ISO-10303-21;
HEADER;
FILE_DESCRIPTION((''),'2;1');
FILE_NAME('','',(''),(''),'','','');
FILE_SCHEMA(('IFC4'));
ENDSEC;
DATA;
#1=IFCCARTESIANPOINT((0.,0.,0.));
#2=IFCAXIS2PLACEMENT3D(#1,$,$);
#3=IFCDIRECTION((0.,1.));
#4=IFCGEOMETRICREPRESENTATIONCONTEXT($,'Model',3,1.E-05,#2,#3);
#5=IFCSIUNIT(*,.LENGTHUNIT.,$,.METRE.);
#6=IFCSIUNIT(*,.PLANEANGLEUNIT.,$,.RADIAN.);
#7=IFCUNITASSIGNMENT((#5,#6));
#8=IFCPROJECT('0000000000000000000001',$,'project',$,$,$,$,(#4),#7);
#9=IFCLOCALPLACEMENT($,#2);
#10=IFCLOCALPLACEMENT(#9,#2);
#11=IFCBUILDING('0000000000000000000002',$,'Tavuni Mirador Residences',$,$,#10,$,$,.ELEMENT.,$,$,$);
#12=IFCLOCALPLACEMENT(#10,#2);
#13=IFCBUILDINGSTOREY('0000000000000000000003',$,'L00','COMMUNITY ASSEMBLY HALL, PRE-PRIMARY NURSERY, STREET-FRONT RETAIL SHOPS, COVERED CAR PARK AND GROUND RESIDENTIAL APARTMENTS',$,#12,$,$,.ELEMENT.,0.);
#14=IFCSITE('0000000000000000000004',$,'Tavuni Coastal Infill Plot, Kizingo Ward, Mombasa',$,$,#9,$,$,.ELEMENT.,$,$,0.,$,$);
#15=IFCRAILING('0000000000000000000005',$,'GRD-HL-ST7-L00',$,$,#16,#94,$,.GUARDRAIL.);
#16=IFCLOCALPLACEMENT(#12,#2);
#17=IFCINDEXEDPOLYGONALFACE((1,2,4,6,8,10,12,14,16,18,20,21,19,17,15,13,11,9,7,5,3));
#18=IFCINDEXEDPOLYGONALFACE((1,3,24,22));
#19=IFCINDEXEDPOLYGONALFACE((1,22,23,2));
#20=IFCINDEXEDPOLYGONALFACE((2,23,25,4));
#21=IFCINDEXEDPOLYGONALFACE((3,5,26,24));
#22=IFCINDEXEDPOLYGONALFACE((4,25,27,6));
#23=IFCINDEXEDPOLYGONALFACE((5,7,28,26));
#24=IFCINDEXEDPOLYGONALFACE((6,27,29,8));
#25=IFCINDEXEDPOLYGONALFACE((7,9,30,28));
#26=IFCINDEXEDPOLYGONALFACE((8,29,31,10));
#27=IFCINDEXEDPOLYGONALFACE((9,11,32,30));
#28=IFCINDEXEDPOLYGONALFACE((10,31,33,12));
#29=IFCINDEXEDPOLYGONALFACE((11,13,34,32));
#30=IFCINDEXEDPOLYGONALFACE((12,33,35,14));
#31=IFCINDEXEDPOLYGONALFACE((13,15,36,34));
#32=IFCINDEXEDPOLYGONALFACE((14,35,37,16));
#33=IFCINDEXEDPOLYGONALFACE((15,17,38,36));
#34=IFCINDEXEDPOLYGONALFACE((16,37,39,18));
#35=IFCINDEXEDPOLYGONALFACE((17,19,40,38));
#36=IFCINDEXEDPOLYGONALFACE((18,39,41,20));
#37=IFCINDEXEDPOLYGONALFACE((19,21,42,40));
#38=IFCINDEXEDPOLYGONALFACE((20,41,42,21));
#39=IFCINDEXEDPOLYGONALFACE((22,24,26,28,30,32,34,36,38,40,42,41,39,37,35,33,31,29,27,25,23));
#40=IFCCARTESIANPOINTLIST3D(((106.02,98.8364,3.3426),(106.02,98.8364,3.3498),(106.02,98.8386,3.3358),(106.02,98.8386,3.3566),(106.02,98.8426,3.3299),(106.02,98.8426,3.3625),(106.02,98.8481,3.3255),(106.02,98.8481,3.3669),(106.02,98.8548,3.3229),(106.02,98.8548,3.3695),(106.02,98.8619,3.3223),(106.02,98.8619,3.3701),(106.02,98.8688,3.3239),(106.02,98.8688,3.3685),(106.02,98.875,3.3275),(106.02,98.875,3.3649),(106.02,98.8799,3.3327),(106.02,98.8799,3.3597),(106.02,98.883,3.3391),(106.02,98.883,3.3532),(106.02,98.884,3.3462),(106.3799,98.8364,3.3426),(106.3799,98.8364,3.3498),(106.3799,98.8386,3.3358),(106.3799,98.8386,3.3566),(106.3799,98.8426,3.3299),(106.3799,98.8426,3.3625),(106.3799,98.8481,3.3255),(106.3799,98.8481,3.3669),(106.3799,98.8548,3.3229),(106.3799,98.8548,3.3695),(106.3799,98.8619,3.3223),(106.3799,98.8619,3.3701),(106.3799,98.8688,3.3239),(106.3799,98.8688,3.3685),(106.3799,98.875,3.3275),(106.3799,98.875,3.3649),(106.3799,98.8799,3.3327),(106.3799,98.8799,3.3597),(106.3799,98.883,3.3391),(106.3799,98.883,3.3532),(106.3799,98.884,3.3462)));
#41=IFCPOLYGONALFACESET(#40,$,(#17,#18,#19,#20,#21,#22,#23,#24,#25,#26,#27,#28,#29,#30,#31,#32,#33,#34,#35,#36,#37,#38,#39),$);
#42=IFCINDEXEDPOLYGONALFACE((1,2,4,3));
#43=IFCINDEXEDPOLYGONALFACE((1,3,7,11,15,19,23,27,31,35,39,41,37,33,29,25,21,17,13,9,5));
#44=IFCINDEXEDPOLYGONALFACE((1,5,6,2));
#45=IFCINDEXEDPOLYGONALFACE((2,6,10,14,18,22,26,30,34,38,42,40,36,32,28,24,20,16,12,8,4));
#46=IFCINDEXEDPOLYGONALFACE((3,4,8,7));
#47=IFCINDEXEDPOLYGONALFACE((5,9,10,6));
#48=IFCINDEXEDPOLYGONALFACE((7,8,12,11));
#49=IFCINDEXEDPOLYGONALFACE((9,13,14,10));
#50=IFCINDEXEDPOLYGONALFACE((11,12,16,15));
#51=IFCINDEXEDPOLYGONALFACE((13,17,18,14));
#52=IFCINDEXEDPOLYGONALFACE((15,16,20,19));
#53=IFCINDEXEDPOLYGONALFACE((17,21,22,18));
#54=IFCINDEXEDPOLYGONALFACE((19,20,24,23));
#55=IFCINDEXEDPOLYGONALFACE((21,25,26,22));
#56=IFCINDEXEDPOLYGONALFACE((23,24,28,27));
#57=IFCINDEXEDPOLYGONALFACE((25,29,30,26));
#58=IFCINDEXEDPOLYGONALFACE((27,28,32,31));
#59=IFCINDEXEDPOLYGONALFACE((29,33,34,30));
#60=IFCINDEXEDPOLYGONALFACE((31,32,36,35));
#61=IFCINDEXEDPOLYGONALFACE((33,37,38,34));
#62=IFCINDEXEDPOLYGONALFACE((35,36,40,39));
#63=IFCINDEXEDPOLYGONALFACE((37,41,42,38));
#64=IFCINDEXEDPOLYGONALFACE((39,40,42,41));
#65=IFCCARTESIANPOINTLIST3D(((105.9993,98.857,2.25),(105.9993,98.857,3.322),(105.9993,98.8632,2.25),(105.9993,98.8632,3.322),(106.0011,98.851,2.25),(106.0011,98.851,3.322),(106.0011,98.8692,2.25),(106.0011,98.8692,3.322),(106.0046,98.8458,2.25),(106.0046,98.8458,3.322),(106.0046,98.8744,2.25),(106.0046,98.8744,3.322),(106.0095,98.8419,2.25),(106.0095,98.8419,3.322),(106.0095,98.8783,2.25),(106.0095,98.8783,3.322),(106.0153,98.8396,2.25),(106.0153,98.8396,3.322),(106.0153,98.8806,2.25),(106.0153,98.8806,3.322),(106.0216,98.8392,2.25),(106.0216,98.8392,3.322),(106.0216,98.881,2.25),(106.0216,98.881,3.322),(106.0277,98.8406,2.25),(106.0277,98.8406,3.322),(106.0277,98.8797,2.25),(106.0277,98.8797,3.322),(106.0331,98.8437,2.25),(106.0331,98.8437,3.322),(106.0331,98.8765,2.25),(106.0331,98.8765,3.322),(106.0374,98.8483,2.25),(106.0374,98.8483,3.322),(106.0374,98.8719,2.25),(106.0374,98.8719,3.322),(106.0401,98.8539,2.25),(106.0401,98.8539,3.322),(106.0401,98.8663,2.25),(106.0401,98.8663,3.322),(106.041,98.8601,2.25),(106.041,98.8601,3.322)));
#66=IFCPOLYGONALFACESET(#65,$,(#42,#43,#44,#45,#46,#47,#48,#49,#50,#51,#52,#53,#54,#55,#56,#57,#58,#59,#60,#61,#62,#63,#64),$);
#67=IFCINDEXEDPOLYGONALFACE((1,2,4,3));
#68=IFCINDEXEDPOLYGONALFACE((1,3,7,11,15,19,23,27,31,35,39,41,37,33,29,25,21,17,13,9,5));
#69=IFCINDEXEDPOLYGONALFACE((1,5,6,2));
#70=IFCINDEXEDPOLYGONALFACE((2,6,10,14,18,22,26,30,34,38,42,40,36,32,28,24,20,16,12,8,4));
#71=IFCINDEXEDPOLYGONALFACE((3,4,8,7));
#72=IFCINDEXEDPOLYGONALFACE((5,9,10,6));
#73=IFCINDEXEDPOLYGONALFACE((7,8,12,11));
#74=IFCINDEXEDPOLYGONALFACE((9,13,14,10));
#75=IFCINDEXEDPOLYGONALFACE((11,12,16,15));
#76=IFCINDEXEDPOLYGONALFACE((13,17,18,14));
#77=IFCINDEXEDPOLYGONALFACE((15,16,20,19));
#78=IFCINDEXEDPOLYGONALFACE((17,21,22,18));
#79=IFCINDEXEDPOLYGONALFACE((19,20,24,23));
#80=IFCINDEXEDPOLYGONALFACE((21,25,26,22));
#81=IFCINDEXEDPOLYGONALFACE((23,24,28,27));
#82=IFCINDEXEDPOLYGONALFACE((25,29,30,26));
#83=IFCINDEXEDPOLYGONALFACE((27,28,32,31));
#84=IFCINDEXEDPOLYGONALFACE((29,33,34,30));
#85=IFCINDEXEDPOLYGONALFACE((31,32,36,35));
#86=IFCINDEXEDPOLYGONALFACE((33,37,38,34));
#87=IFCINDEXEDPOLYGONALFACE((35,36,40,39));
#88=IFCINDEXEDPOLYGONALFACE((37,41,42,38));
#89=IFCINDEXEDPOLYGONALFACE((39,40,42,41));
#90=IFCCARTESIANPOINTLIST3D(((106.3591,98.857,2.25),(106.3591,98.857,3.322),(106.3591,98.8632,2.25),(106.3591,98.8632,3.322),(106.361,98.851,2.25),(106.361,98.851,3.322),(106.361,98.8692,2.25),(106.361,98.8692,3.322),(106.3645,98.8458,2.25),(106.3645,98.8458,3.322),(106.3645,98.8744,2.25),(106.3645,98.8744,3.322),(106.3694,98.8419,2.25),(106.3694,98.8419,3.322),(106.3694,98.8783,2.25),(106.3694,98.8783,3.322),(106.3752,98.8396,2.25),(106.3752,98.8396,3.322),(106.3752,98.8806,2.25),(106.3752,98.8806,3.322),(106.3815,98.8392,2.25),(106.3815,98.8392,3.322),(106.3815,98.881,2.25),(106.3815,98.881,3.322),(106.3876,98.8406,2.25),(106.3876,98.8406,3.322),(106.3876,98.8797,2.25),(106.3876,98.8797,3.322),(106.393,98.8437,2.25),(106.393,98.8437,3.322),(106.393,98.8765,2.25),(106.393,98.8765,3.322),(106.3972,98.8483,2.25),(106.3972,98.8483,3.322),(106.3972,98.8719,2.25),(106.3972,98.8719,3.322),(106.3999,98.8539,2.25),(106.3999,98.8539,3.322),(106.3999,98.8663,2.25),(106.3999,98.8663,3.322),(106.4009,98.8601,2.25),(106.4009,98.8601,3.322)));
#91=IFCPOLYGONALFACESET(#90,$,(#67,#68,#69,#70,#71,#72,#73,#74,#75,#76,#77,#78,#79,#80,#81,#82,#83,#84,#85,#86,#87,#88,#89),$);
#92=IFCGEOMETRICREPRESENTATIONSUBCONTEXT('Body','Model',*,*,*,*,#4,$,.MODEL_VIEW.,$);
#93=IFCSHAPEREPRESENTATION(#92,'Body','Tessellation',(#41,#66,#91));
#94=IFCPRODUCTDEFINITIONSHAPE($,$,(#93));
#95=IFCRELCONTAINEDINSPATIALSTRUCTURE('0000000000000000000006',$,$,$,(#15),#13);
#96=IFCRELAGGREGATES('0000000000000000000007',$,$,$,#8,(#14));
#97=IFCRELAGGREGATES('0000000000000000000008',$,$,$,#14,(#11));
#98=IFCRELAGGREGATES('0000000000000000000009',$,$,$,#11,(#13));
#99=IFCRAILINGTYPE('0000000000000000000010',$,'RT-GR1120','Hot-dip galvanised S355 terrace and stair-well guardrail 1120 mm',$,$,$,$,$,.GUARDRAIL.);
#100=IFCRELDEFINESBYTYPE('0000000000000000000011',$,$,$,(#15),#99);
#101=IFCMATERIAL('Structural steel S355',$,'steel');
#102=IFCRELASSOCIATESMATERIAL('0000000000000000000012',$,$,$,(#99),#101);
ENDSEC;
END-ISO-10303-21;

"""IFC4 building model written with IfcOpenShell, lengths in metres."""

from ifc_helpers import new_model, si_unit, direction, frame, origin, origin_2d, place, context, subcontext, project, spatial, circle, extrude, material, type_object, element, save


model = new_model("IFC4")

# Units and contexts
model_context = context("Model", 3, precision=1e-05, world=origin(), true_north=direction((0.0, 1.0)))
body_context = subcontext(model_context, "Body", "Model", "MODEL_VIEW")
ifc_project = project(units=[si_unit("LENGTHUNIT", "METRE"), si_unit("PLANEANGLEUNIT", "RADIAN")], contexts=[model_context])

# Site, building, storey
site_placement = place(None, origin())
site = spatial("IfcSite", under=ifc_project, at=site_placement, Name="Tavuni Coastal Infill Plot, Kizingo Ward, Mombasa", CompositionType="ELEMENT", RefElevation=0.0)
building_placement = place(site_placement, origin())
building = spatial("IfcBuilding", under=site, at=building_placement, Name="Tavuni Mirador Residences", CompositionType="ELEMENT")
storey_placement = place(building_placement, origin())
storey = spatial("IfcBuildingStorey", under=building, at=storey_placement, Name="L00", Description="COMMUNITY ASSEMBLY HALL, PRE-PRIMARY NURSERY, STREET-FRONT RETAIL SHOPS, COVERED CAR PARK AND GROUND RESIDENTIAL APARTMENTS", CompositionType="ELEMENT", Elevation=0.0)

# Shared definitions
ifc_material_1 = material(Name="Structural steel S355", Category="steel")

# Railing
railing_type_1 = type_object("IfcRailingType", Name="RT-GR1120", Description="Hot-dip galvanised S355 terrace and stair-well guardrail 1120 mm", PredefinedType="GUARDRAIL", material=ifc_material_1)
railing_1_placement = place(storey_placement, frame((106.02, 98.8601, 2.25)))
element("IfcRailing", 1, at=railing_1_placement, inside=storey, type_object=railing_type_1, Name="GRD-HL-ST7-L00", PredefinedType="GUARDRAIL", context=body_context, shape_type="SweptSolid", body=[
    extrude(circle(Radius=0.0239, at=origin_2d()), frame((0.0, 0.0, 1.0962), z_axis=(1.0, 0.0, 0.0), x_axis=(0.0, 1.0, 0.0)), (0.0, 0.0, 1.0), 0.3599),
    extrude(circle(Radius=0.021, at=origin_2d()), origin(), (0.0, 0.0, 1.0), 1.072),
    extrude(circle(Radius=0.021, at=origin_2d()), frame((0.3599, 0.0, 0.0)), (0.0, 0.0, 1.0), 1.072),
])

save(model, "model.ifc")
